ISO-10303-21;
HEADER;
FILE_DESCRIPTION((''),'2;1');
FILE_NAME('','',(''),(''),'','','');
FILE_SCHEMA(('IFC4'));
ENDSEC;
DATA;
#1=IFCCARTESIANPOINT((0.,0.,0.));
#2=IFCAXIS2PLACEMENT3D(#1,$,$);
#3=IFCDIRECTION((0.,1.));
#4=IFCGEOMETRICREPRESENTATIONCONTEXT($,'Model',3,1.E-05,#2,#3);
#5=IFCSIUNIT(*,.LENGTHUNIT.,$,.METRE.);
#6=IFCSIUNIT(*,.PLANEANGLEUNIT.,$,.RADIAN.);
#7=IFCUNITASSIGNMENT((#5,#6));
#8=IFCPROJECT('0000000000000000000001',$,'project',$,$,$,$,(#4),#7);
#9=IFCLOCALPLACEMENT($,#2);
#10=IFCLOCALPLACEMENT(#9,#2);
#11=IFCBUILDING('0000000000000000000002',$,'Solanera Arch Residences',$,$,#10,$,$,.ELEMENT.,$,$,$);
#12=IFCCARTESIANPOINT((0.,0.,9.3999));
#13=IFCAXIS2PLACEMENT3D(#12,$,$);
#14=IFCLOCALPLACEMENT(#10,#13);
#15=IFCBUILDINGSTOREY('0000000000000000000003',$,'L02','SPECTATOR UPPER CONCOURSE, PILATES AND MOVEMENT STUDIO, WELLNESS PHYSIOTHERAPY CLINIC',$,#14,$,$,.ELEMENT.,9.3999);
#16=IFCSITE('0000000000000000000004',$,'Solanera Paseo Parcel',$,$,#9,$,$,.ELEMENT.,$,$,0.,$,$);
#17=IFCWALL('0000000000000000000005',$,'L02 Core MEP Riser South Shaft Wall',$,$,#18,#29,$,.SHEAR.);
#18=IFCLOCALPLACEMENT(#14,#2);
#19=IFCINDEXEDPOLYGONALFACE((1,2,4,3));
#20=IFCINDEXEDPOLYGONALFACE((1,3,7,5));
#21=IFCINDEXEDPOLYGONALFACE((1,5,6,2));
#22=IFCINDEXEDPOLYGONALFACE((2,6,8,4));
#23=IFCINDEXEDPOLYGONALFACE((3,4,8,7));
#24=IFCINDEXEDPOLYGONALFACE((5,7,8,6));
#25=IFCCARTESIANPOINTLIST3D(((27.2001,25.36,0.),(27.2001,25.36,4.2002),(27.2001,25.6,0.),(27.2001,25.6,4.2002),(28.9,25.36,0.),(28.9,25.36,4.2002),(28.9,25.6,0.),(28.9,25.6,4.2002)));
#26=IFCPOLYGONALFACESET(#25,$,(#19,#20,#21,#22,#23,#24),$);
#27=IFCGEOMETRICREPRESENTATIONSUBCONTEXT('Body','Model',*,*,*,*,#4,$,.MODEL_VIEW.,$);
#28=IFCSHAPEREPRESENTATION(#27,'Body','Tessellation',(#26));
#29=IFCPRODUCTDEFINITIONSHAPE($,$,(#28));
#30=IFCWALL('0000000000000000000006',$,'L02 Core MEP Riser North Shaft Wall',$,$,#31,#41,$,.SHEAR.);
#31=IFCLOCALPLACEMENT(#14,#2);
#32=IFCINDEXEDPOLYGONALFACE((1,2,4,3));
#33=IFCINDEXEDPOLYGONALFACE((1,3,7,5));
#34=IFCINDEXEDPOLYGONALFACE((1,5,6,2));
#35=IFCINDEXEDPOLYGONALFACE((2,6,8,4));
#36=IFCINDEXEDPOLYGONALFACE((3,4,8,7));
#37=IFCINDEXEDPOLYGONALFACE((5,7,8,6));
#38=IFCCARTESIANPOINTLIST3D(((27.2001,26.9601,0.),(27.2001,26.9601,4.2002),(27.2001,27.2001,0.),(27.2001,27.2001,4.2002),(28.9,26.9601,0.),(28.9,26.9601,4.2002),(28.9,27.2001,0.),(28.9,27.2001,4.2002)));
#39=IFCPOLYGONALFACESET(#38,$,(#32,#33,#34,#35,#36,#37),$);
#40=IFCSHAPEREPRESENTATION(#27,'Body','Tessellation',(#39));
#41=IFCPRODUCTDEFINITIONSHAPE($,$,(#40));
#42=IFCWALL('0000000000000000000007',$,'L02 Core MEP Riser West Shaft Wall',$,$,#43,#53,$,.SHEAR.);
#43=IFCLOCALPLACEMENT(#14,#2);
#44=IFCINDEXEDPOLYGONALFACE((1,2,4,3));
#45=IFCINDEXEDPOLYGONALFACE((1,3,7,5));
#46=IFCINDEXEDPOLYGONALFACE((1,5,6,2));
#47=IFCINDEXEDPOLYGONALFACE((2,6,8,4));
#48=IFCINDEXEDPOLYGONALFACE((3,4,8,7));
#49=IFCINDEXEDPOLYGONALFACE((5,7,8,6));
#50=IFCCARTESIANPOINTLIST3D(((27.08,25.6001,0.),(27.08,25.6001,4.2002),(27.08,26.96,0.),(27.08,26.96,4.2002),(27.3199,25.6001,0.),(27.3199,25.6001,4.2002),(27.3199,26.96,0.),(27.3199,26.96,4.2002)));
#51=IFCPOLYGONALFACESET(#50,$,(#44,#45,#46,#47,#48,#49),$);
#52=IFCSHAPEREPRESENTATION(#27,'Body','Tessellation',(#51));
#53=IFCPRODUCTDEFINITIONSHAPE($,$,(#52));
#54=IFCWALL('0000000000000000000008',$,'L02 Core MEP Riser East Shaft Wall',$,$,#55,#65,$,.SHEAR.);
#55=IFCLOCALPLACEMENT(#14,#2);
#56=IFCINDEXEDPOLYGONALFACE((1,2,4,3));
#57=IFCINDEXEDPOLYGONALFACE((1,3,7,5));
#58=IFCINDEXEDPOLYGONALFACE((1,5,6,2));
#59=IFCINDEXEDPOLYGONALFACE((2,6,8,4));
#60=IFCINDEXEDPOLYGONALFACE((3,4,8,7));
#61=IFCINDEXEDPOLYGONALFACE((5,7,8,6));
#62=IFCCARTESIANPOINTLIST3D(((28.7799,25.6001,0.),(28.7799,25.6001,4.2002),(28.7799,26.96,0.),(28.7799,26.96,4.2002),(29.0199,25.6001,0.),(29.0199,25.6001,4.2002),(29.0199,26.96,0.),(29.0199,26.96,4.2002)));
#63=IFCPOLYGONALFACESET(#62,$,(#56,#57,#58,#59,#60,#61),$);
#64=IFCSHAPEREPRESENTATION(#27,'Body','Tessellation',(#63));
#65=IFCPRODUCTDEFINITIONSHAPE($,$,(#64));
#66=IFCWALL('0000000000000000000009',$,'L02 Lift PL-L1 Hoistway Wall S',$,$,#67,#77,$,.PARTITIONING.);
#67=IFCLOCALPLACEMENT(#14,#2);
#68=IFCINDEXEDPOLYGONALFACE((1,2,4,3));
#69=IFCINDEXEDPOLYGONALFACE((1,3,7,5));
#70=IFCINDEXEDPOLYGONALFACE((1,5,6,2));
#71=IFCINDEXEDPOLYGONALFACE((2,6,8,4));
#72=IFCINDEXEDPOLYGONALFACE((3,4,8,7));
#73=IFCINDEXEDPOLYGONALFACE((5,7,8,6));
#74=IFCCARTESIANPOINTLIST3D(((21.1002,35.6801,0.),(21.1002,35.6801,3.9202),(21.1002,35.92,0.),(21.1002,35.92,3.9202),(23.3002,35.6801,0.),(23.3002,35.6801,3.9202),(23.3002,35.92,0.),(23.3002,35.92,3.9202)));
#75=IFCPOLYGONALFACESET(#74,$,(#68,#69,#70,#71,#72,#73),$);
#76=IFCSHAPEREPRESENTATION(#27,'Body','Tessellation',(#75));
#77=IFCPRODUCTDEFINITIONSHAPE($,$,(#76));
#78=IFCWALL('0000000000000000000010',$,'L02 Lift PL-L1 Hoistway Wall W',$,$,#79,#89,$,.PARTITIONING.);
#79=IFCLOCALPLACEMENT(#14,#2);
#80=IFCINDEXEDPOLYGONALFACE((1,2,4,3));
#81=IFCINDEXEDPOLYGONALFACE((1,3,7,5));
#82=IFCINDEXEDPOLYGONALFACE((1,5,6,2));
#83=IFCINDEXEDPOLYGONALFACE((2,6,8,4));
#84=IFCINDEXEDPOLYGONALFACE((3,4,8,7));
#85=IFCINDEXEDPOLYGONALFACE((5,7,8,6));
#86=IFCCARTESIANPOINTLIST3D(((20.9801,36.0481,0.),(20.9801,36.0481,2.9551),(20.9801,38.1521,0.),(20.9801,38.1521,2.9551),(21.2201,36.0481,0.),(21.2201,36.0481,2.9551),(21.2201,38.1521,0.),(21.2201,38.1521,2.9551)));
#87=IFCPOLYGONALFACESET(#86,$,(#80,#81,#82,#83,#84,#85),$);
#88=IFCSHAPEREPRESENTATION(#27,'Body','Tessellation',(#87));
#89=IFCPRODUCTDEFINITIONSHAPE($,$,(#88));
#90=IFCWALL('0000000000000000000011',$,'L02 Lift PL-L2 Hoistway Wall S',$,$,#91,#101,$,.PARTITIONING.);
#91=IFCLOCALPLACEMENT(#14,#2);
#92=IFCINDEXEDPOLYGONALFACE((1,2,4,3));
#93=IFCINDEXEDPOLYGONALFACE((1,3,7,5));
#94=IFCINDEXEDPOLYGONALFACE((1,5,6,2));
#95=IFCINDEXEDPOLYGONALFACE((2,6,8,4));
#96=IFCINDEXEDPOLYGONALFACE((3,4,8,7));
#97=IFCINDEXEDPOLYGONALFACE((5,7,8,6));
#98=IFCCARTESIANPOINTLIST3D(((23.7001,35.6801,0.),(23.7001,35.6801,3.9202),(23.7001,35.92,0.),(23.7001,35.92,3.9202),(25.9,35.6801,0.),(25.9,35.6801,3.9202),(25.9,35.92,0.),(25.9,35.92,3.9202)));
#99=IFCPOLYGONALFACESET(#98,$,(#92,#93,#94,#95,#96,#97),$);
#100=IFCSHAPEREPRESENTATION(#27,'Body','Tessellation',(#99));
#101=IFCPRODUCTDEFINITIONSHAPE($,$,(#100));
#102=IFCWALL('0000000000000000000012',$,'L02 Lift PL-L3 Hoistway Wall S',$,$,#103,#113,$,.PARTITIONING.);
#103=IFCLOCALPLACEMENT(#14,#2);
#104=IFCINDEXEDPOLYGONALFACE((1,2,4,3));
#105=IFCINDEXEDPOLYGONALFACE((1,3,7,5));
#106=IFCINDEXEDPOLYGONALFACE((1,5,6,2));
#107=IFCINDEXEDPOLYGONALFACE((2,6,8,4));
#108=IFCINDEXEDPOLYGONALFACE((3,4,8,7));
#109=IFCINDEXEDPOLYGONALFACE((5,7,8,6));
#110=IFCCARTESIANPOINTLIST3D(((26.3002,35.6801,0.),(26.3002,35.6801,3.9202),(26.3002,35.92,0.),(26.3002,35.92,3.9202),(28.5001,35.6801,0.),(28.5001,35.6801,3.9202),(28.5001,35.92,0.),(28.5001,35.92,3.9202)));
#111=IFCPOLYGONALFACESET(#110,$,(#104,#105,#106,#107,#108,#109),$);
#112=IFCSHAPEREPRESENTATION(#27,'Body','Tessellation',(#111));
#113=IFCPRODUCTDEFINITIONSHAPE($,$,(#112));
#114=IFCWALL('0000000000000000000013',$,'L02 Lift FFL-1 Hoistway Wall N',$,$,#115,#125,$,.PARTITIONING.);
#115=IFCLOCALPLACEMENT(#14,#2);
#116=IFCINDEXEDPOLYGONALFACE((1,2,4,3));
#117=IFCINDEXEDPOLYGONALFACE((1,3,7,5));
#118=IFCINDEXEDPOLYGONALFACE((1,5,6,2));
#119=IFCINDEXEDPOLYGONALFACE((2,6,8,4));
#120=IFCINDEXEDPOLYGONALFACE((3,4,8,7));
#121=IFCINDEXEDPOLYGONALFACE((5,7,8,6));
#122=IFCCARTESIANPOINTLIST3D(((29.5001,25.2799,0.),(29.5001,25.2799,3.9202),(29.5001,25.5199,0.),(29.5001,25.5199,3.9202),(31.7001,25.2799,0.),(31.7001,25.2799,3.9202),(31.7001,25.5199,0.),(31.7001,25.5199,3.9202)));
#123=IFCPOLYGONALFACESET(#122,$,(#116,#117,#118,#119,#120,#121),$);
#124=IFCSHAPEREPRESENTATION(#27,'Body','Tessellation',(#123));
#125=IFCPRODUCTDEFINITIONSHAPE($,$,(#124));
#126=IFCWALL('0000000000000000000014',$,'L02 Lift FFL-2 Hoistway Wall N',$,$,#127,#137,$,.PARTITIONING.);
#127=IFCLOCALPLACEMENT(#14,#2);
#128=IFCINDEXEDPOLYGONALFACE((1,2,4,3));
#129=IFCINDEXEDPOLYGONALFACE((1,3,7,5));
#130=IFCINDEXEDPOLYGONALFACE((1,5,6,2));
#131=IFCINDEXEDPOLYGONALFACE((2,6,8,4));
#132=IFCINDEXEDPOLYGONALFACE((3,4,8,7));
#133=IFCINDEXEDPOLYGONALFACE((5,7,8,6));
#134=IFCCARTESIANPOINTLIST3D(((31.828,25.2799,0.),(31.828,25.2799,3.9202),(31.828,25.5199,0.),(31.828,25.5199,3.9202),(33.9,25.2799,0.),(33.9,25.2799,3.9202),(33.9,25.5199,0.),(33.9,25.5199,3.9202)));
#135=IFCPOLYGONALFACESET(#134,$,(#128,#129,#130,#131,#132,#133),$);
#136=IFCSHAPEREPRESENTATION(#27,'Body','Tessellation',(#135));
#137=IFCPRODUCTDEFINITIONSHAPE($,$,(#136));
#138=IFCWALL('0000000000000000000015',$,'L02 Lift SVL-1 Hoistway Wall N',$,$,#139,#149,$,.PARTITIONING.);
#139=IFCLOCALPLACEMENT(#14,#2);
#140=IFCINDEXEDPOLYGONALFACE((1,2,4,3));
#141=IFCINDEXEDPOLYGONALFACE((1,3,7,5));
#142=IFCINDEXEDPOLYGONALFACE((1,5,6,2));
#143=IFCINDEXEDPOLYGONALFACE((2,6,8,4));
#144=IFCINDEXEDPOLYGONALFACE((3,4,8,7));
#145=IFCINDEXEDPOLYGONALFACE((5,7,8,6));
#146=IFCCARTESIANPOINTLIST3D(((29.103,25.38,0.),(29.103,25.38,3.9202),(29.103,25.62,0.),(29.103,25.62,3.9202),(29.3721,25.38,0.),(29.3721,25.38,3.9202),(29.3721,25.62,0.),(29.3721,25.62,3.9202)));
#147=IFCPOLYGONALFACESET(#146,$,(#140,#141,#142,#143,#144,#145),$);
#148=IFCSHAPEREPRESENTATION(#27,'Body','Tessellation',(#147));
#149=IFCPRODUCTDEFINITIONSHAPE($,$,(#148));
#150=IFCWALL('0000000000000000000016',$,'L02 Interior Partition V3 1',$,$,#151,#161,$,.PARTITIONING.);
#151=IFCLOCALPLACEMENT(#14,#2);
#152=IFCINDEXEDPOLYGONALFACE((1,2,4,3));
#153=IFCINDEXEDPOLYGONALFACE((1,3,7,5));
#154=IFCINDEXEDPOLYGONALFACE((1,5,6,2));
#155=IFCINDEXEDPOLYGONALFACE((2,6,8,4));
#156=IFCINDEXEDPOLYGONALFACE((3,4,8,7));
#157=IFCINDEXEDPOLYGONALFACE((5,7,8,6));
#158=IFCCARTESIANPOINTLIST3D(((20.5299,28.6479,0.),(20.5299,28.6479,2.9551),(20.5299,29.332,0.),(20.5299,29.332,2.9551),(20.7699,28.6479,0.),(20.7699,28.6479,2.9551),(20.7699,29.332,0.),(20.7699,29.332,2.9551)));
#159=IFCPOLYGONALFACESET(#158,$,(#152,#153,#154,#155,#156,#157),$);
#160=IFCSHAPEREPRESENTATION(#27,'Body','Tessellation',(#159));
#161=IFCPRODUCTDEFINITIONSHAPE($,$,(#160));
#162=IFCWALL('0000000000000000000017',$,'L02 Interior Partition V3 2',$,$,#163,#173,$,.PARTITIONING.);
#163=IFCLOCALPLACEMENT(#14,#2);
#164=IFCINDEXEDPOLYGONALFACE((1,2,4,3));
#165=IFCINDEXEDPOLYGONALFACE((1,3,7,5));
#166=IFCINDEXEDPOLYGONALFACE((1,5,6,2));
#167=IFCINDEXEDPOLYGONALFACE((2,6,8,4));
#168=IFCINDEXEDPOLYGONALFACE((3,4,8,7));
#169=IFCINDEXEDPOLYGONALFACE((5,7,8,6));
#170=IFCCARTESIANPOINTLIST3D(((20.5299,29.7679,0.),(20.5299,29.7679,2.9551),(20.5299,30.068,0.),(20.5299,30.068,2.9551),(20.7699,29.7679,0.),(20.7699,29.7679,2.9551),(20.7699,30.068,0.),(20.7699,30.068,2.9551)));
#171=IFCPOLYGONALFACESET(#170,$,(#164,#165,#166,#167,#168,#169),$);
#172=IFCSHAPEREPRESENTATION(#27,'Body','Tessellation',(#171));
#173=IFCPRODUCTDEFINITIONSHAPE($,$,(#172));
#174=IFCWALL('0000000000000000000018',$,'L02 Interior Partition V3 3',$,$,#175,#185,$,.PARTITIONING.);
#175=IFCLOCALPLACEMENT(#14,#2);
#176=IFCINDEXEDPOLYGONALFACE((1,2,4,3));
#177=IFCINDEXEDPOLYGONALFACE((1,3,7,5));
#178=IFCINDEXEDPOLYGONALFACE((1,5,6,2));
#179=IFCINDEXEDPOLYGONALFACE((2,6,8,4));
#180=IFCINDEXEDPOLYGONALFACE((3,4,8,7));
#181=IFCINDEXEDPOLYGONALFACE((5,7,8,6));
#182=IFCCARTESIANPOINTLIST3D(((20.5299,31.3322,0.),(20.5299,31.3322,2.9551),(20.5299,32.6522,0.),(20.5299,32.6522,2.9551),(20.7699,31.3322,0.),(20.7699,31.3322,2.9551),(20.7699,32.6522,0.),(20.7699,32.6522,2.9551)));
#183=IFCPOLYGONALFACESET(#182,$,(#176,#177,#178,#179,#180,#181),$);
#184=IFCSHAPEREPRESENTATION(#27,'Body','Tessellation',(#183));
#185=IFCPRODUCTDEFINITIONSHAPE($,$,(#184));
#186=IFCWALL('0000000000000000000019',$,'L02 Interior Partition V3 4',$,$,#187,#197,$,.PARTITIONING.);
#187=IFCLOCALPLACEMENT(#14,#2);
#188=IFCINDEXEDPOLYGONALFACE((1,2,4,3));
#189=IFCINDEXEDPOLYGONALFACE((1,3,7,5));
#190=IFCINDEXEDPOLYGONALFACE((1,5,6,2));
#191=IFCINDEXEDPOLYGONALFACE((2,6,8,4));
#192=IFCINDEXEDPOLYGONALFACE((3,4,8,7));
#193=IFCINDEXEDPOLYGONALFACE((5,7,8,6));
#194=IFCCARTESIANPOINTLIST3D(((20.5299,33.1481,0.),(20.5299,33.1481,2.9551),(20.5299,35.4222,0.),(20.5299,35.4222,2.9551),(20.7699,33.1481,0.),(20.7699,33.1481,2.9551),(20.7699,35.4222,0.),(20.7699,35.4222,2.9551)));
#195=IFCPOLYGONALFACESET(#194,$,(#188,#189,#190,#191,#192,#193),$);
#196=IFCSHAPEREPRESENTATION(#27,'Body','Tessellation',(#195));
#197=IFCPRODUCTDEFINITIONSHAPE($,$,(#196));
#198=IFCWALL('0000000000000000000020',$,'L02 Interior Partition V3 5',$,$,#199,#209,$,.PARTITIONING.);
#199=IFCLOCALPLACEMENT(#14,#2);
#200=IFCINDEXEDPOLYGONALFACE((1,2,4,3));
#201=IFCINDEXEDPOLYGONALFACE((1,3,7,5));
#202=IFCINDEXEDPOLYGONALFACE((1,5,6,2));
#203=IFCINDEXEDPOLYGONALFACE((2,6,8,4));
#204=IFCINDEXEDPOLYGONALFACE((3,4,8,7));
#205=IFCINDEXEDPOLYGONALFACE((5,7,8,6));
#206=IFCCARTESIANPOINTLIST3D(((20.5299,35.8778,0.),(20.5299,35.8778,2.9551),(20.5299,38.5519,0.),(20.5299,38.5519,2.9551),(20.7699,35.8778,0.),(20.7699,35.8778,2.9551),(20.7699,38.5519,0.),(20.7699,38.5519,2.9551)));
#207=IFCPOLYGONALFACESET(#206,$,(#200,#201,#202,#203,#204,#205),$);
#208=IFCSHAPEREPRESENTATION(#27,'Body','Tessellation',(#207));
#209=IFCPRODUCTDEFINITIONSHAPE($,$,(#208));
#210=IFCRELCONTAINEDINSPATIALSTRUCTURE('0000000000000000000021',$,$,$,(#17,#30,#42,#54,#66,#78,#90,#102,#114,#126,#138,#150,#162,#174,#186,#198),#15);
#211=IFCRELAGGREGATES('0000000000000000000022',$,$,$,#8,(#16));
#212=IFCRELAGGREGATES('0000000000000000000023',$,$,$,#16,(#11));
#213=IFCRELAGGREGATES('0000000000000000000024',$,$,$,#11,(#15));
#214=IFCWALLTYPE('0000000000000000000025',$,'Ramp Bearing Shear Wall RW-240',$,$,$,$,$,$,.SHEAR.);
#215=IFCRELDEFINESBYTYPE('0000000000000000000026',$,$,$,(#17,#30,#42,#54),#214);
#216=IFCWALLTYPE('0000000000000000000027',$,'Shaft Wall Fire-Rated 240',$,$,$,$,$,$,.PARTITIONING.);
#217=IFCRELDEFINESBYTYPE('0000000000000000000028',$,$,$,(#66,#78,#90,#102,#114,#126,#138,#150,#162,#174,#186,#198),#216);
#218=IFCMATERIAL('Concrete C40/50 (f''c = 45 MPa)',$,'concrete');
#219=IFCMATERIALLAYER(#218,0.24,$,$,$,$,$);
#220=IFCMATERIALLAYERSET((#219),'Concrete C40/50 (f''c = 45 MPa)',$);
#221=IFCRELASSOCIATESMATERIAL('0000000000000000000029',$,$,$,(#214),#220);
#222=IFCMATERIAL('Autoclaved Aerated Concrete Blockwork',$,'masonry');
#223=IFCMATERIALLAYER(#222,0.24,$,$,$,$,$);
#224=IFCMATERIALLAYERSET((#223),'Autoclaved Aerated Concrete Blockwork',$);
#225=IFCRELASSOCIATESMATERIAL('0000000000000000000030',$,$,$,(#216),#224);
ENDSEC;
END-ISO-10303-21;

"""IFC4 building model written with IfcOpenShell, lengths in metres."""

from ifc_helpers import new_model, si_unit, direction, frame, frame_2d, origin, place, context, subcontext, project, spatial, rectangle, extrude, material, layer, layer_set, type_object, element, save


model = new_model("IFC4")

# Units and contexts
model_context = context("Model", 3, precision=1e-05, world=origin(), true_north=direction((0.0, 1.0)))
body_context = subcontext(model_context, "Body", "Model", "MODEL_VIEW")
ifc_project = project(units=[si_unit("LENGTHUNIT", "METRE"), si_unit("PLANEANGLEUNIT", "RADIAN")], contexts=[model_context])

# Site, building, storey
site_placement = place(None, origin())
site = spatial("IfcSite", under=ifc_project, at=site_placement, Name="Solanera Paseo Parcel", CompositionType="ELEMENT", RefElevation=0.0)
building_placement = place(site_placement, origin())
building = spatial("IfcBuilding", under=site, at=building_placement, Name="Solanera Arch Residences", CompositionType="ELEMENT")
storey_placement = place(building_placement, frame((0.0, 0.0, 9.3999)))
storey = spatial("IfcBuildingStorey", under=building, at=storey_placement, Name="L02", Description="SPECTATOR UPPER CONCOURSE, PILATES AND MOVEMENT STUDIO, WELLNESS PHYSIOTHERAPY CLINIC", CompositionType="ELEMENT", Elevation=9.3999)

# Walls
ifc_material_1 = material(Name="Concrete C40/50 (f'c = 45 MPa)", Category="concrete")
ifc_layer_1 = layer(ifc_material_1, 0.24)
ifc_layer_set_1 = layer_set([ifc_layer_1], Name="Concrete C40/50 (f'c = 45 MPa)")
wall_type_1 = type_object("IfcWallType", Name="Ramp Bearing Shear Wall RW-240", PredefinedType="SHEAR", material=ifc_layer_set_1)
for number, where, z_axis, x_axis, name in (
    (1, (27.2, 25.48, 0.0), (0.0, 0.0, 1.0), (1.0, 0.0, 0.0), "L02 Core MEP Riser South Shaft Wall"),
    (2, (27.2, 27.0801, 0.0), (0.0, 0.0, 1.0), (1.0, 0.0, 0.0), "L02 Core MEP Riser North Shaft Wall"),
):
    element("IfcWall", number, at=place(storey_placement, frame(where, z_axis=z_axis, x_axis=x_axis)), inside=storey, type_object=wall_type_1, Name=name, PredefinedType="SHEAR", context=body_context, shape_type="SweptSolid", body=[
        extrude(rectangle(XDim=1.7, YDim=0.24, at=frame_2d((0.8501, 0.0))), origin(), (0.0, 0.0, 1.0), 4.2002),
    ])
for number, where, z_axis, x_axis, name in (
    (3, (27.2, 25.6001, 0.0), (0.0, 0.0, 1.0), (0.0, 1.0, 0.0), "L02 Core MEP Riser West Shaft Wall"),
    (4, (28.8999, 25.6001, 0.0), (0.0, 0.0, 1.0), (0.0, 1.0, 0.0), "L02 Core MEP Riser East Shaft Wall"),
):
    element("IfcWall", number, at=place(storey_placement, frame(where, z_axis=z_axis, x_axis=x_axis)), inside=storey, type_object=wall_type_1, Name=name, PredefinedType="SHEAR", context=body_context, shape_type="SweptSolid", body=[
        extrude(rectangle(XDim=1.3599, YDim=0.24, at=frame_2d((0.6799, 0.0))), origin(), (0.0, 0.0, 1.0), 4.2002),
    ])
ifc_material_2 = material(Name="Autoclaved Aerated Concrete Blockwork", Category="masonry")
ifc_layer_2 = layer(ifc_material_2, 0.24)
ifc_layer_set_2 = layer_set([ifc_layer_2], Name="Autoclaved Aerated Concrete Blockwork")
wall_type_2 = type_object("IfcWallType", Name="Shaft Wall Fire-Rated 240", PredefinedType="PARTITIONING", material=ifc_layer_set_2)
wall_1_placement = place(storey_placement, frame((21.1001, 35.8, 0.0), z_axis=(0.0, 0.0, 1.0), x_axis=(1.0, 0.0, 0.0)))
element("IfcWall", 5, at=wall_1_placement, inside=storey, type_object=wall_type_2, Name="L02 Lift PL-L1 Hoistway Wall S", PredefinedType="PARTITIONING", context=body_context, shape_type="SweptSolid", body=[
    extrude(rectangle(XDim=2.2, YDim=0.24, at=frame_2d((1.1001, 0.0))), origin(), (0.0, 0.0, 1.0), 3.9202),
])
wall_2_placement = place(storey_placement, frame((21.1001, 36.0481, 0.0), z_axis=(0.0, 0.0, 1.0), x_axis=(0.0, 1.0, 0.0)))
element("IfcWall", 6, at=wall_2_placement, inside=storey, type_object=wall_type_2, Name="L02 Lift PL-L1 Hoistway Wall W", PredefinedType="PARTITIONING", context=body_context, shape_type="SweptSolid", body=[
    extrude(rectangle(XDim=2.104, YDim=0.24, at=frame_2d((1.052, 0.0))), origin(), (0.0, 0.0, 1.0), 2.9551),
])
for number, where, z_axis, x_axis, name in (
    (7, (23.7, 35.8, 0.0), (0.0, 0.0, 1.0), (1.0, 0.0, 0.0), "L02 Lift PL-L2 Hoistway Wall S"),
    (8, (26.3, 35.8, 0.0), (0.0, 0.0, 1.0), (1.0, 0.0, 0.0), "L02 Lift PL-L3 Hoistway Wall S"),
    (9, (29.5, 25.3999, 0.0), (0.0, 0.0, 1.0), (1.0, 0.0, 0.0), "L02 Lift FFL-1 Hoistway Wall N"),
):
    element("IfcWall", number, at=place(storey_placement, frame(where, z_axis=z_axis, x_axis=x_axis)), inside=storey, type_object=wall_type_2, Name=name, PredefinedType="PARTITIONING", context=body_context, shape_type="SweptSolid", body=[
        extrude(rectangle(XDim=2.2, YDim=0.24, at=frame_2d((1.1001, 0.0))), origin(), (0.0, 0.0, 1.0), 3.9202),
    ])
wall_3_placement = place(storey_placement, frame((31.8279, 25.3999, 0.0), z_axis=(0.0, 0.0, 1.0), x_axis=(1.0, 0.0, 0.0)))
element("IfcWall", 10, at=wall_3_placement, inside=storey, type_object=wall_type_2, Name="L02 Lift FFL-2 Hoistway Wall N", PredefinedType="PARTITIONING", context=body_context, shape_type="SweptSolid", body=[
    extrude(rectangle(XDim=2.072, YDim=0.24, at=frame_2d((1.0361, 0.0))), origin(), (0.0, 0.0, 1.0), 3.9202),
])
wall_4_placement = place(storey_placement, frame((29.103, 25.5, 0.0), z_axis=(0.0, 0.0, 1.0), x_axis=(1.0, 0.0, 0.0)))
element("IfcWall", 11, at=wall_4_placement, inside=storey, type_object=wall_type_2, Name="L02 Lift SVL-1 Hoistway Wall N", PredefinedType="PARTITIONING", context=body_context, shape_type="SweptSolid", body=[
    extrude(rectangle(XDim=0.269, YDim=0.24, at=frame_2d((0.1345, 0.0))), origin(), (0.0, 0.0, 1.0), 3.9202),
])

# Walls
wall_5_placement = place(storey_placement, frame((20.6499, 28.6479, 0.0), z_axis=(0.0, 0.0, 1.0), x_axis=(0.0, 1.0, 0.0)))
element("IfcWall", 12, at=wall_5_placement, inside=storey, type_object=wall_type_2, Name="L02 Interior Partition V3 1", PredefinedType="PARTITIONING", context=body_context, shape_type="SweptSolid", body=[
    extrude(rectangle(XDim=0.6841, YDim=0.24, at=frame_2d((0.342, 0.0))), origin(), (0.0, 0.0, 1.0), 2.9551),
])
wall_6_placement = place(storey_placement, frame((20.6499, 29.7681, 0.0), z_axis=(0.0, 0.0, 1.0), x_axis=(0.0, 1.0, 0.0)))
element("IfcWall", 13, at=wall_6_placement, inside=storey, type_object=wall_type_2, Name="L02 Interior Partition V3 2", PredefinedType="PARTITIONING", context=body_context, shape_type="SweptSolid", body=[
    extrude(rectangle(XDim=0.3, YDim=0.24, at=frame_2d((0.1499, 0.0))), origin(), (0.0, 0.0, 1.0), 2.9551),
])
wall_7_placement = place(storey_placement, frame((20.6499, 31.332, 0.0), z_axis=(0.0, 0.0, 1.0), x_axis=(0.0, 1.0, 0.0)))
element("IfcWall", 14, at=wall_7_placement, inside=storey, type_object=wall_type_2, Name="L02 Interior Partition V3 3", PredefinedType="PARTITIONING", context=body_context, shape_type="SweptSolid", body=[
    extrude(rectangle(XDim=1.3201, YDim=0.24, at=frame_2d((0.6602, 0.0))), origin(), (0.0, 0.0, 1.0), 2.9551),
])
wall_8_placement = place(storey_placement, frame((20.6499, 33.1479, 0.0), z_axis=(0.0, 0.0, 1.0), x_axis=(0.0, 1.0, 0.0)))
element("IfcWall", 15, at=wall_8_placement, inside=storey, type_object=wall_type_2, Name="L02 Interior Partition V3 4", PredefinedType="PARTITIONING", context=body_context, shape_type="SweptSolid", body=[
    extrude(rectangle(XDim=2.2742, YDim=0.24, at=frame_2d((1.1372, 0.0))), origin(), (0.0, 0.0, 1.0), 2.9551),
])
wall_9_placement = place(storey_placement, frame((20.6499, 35.8779, 0.0), z_axis=(0.0, 0.0, 1.0), x_axis=(0.0, 1.0, 0.0)))
element("IfcWall", 16, at=wall_9_placement, inside=storey, type_object=wall_type_2, Name="L02 Interior Partition V3 5", PredefinedType="PARTITIONING", context=body_context, shape_type="SweptSolid", body=[
    extrude(rectangle(XDim=2.6741, YDim=0.24, at=frame_2d((1.3369, 0.0))), origin(), (0.0, 0.0, 1.0), 2.9551),
])

save(model, "model.ifc")
